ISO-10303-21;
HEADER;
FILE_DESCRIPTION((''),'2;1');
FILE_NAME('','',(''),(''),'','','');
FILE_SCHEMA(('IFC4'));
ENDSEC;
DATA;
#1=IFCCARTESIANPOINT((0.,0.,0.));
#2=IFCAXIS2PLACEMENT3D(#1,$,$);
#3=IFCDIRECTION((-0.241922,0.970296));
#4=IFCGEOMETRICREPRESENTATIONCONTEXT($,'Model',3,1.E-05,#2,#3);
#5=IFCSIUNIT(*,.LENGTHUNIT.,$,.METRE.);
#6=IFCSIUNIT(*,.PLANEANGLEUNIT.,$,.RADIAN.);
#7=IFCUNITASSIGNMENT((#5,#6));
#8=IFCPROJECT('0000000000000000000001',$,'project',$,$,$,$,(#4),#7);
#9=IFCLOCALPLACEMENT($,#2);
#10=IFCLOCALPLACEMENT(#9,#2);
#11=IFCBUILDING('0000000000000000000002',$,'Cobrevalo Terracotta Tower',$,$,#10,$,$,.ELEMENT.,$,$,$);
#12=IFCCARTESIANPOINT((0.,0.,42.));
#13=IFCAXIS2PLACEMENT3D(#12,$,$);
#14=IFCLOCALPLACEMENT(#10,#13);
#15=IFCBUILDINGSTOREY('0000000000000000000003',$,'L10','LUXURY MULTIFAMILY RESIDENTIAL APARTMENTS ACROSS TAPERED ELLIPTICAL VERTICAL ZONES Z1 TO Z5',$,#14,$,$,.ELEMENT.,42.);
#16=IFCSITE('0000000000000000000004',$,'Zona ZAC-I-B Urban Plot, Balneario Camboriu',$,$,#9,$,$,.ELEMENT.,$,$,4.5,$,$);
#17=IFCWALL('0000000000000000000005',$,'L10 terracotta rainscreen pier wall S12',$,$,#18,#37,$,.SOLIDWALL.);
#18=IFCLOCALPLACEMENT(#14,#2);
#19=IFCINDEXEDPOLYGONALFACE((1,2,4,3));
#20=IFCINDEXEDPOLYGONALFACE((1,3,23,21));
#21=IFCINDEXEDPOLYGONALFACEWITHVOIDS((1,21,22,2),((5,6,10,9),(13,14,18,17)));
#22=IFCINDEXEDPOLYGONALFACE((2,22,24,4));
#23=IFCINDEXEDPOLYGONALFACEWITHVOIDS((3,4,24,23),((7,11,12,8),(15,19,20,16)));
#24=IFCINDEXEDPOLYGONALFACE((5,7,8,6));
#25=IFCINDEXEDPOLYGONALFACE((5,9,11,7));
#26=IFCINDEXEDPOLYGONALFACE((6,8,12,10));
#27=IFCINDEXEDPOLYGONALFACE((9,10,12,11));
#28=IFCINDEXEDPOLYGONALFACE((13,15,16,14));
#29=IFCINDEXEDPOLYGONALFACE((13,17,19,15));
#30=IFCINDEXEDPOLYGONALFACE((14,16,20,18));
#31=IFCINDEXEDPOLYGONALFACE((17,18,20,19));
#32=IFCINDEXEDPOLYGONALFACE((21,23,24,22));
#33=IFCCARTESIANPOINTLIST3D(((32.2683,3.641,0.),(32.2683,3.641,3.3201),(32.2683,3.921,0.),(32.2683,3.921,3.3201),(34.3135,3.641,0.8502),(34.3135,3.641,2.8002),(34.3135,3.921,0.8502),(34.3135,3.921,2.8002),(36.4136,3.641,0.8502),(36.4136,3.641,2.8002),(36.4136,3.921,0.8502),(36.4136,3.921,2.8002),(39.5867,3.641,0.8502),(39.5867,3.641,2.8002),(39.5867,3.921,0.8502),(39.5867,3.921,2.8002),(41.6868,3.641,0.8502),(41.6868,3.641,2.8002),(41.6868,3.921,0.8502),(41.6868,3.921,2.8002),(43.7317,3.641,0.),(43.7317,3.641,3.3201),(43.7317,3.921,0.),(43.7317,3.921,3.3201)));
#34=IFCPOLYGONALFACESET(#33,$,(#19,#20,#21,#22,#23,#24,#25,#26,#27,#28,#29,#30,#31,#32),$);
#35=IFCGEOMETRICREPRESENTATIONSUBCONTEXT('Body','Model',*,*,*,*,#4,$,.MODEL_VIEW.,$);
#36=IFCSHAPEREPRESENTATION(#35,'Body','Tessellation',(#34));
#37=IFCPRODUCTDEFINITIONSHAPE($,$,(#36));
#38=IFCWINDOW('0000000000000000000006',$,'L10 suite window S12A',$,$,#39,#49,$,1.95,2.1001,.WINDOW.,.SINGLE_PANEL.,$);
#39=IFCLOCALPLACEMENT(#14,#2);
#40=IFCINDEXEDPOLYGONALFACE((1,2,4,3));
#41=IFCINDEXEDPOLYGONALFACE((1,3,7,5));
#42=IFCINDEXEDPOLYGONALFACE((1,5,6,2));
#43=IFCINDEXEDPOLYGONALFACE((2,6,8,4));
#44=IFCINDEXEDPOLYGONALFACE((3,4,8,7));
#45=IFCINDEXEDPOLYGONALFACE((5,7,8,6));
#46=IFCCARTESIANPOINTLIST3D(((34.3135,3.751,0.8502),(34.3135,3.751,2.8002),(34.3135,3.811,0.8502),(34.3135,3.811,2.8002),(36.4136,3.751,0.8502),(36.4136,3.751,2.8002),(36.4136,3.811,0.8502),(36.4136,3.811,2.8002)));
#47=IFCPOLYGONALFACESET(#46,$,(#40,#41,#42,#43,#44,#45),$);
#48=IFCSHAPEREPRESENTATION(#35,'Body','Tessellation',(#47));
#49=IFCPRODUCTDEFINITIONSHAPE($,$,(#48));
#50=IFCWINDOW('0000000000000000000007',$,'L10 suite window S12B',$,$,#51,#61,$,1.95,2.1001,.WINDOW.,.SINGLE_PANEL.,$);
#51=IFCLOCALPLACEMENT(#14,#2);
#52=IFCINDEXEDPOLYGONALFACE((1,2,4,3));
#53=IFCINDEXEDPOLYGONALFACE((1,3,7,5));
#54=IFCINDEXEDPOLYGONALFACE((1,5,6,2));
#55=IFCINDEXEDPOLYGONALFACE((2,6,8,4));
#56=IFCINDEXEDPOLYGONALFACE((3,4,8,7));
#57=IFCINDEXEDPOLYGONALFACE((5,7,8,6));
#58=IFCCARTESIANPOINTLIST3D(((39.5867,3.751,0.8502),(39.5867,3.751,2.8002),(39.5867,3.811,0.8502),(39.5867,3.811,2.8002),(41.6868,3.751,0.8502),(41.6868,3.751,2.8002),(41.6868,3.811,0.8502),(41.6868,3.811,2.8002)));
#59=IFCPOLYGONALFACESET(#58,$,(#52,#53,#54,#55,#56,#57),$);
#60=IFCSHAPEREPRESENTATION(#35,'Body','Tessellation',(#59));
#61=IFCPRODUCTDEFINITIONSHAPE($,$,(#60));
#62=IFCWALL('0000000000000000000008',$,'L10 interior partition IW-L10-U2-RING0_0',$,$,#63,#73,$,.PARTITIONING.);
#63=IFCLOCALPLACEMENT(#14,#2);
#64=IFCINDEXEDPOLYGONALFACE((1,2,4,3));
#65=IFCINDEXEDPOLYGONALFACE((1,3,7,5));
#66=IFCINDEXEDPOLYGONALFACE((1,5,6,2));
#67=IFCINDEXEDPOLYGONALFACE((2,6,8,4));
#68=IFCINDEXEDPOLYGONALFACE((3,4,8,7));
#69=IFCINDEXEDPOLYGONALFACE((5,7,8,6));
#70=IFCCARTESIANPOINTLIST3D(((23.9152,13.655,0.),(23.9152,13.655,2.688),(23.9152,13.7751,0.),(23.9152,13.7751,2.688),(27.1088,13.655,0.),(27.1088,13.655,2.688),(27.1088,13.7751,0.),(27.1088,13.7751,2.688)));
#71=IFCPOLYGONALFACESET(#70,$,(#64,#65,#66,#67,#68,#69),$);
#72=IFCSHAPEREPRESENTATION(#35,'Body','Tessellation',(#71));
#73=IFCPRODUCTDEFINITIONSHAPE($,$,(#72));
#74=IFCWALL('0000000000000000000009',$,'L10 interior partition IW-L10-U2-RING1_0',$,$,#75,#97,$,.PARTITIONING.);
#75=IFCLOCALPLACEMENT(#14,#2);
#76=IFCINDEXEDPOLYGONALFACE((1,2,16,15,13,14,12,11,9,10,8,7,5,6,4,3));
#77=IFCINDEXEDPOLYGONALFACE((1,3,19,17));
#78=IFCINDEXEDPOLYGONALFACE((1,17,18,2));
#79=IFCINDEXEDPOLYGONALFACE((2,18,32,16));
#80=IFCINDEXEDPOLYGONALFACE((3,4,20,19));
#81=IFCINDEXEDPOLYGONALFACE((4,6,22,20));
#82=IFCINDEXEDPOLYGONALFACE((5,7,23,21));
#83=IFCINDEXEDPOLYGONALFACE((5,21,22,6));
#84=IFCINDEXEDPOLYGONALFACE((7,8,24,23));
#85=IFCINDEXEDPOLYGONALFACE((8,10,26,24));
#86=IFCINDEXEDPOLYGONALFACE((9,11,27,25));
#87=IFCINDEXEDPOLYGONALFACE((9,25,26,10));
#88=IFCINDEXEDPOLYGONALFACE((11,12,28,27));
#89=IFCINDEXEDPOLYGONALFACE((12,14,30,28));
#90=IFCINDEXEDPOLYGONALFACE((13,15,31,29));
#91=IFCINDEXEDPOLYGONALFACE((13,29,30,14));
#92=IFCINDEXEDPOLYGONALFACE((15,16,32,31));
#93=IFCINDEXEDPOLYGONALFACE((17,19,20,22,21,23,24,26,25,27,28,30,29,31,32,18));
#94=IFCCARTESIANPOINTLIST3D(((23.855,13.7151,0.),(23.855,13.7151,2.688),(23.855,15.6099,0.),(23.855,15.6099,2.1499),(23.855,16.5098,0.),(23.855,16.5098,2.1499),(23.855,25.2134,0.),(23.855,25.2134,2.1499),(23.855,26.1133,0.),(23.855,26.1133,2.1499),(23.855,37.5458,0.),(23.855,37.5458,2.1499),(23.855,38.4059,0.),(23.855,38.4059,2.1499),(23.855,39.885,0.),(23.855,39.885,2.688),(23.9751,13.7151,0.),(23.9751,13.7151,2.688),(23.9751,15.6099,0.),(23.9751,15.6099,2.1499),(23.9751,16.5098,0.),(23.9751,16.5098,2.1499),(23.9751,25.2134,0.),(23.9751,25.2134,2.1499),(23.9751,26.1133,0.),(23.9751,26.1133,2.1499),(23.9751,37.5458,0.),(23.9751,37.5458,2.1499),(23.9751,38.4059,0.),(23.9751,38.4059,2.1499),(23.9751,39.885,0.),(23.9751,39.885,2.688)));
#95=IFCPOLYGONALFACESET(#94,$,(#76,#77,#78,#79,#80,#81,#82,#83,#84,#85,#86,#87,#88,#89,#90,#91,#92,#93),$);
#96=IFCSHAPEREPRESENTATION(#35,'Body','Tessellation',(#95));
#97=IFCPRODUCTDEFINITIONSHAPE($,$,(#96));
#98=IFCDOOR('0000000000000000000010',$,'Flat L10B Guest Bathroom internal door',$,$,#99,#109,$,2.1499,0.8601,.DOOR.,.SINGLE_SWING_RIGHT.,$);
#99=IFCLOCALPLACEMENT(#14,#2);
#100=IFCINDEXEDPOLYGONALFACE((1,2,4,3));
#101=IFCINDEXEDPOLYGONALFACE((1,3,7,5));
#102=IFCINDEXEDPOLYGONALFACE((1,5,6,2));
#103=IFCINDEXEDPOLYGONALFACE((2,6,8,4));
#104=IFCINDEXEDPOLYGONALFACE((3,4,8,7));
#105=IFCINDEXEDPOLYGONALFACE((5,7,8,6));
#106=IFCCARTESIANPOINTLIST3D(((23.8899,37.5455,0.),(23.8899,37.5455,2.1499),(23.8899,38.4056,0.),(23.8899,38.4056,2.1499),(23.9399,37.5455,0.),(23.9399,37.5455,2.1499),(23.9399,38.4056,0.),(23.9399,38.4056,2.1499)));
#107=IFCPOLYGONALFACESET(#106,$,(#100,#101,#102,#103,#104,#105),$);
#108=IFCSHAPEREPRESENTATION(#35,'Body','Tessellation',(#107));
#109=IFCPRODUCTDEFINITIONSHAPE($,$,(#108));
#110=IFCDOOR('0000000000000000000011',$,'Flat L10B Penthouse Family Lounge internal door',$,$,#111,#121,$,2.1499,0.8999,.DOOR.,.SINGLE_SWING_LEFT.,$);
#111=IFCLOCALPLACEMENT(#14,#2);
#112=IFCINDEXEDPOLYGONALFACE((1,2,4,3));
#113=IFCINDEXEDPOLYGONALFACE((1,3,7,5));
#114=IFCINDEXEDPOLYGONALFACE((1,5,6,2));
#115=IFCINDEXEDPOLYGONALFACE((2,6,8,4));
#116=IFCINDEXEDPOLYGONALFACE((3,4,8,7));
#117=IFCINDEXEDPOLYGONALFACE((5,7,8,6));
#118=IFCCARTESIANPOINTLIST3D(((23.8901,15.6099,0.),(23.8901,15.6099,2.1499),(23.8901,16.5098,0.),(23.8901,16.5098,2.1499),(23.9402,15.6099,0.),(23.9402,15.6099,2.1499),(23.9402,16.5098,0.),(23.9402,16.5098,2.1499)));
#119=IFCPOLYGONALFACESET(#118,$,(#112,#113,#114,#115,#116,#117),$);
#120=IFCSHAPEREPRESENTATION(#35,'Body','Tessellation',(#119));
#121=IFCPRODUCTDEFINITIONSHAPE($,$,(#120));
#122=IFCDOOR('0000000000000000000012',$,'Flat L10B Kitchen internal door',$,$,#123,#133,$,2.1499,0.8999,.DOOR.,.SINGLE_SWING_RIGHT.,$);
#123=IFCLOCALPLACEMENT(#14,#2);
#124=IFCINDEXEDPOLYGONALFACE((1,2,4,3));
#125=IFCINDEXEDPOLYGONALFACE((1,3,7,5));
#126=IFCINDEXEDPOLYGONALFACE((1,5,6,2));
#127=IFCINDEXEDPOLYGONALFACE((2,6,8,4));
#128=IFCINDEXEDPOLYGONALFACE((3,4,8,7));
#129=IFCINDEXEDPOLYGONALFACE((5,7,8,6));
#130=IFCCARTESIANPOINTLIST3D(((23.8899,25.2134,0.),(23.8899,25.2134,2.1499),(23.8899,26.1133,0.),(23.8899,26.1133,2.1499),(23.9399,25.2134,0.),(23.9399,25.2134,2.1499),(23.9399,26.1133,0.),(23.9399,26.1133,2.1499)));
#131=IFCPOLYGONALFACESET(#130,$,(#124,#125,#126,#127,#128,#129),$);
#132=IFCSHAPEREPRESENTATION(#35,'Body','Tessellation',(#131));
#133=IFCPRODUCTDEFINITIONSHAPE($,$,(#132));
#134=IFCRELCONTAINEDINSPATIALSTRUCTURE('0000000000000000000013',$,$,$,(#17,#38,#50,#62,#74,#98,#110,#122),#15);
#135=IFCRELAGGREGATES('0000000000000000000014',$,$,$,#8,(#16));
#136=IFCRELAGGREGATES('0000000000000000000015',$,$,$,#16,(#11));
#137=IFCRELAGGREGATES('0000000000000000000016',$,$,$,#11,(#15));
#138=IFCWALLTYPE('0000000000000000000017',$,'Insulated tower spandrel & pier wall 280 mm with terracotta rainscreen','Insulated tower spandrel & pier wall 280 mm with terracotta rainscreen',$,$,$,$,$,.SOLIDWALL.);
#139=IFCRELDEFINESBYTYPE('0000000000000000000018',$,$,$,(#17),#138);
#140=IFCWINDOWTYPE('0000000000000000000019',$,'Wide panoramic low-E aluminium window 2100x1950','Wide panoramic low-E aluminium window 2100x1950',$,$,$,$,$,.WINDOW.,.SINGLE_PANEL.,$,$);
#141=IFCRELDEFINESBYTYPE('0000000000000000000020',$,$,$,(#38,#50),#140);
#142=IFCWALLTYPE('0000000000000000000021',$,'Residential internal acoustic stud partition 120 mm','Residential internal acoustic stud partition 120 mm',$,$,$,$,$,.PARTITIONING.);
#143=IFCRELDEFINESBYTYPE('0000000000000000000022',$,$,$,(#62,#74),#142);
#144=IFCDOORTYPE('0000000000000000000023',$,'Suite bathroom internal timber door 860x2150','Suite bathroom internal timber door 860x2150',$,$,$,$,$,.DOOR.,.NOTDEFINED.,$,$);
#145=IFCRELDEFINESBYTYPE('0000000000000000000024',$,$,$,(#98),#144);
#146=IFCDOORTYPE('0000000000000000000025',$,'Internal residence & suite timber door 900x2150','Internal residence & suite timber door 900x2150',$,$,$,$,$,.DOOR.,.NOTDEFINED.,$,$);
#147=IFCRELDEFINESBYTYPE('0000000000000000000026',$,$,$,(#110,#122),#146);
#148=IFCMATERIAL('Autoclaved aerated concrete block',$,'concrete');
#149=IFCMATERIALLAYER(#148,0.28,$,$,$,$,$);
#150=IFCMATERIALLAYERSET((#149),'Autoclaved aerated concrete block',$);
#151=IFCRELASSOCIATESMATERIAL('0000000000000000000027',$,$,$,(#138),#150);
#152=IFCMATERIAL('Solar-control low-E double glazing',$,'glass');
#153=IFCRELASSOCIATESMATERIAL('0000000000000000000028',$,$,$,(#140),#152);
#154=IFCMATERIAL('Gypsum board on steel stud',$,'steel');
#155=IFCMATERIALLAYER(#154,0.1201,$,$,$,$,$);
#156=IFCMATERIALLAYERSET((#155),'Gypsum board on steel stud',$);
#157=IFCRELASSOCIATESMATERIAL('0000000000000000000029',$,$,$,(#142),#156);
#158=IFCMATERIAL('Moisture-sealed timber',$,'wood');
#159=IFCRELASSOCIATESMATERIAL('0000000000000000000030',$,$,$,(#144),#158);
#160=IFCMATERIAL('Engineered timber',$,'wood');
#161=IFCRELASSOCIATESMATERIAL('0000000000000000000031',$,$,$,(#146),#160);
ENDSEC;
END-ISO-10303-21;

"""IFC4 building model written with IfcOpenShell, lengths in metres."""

from ifc_helpers import new_model, si_unit, direction, frame, frame_2d, origin, place, context, subcontext, project, spatial, rectangle, extrude, source, transform, mapped, material, layer, layer_set, type_object, element, fill, save


model = new_model("IFC4")

# Units and contexts
model_context = context("Model", 3, precision=1e-05, world=origin(), true_north=direction((-0.241922, 0.970296)))
body_context = subcontext(model_context, "Body", "Model", "MODEL_VIEW")
ifc_project = project(units=[si_unit("LENGTHUNIT", "METRE"), si_unit("PLANEANGLEUNIT", "RADIAN")], contexts=[model_context])

# Site, building, storey
site_placement = place(None, origin())
site = spatial("IfcSite", under=ifc_project, at=site_placement, Name="Zona ZAC-I-B Urban Plot, Balneario Camboriu", CompositionType="ELEMENT", RefElevation=4.5)
building_placement = place(site_placement, origin())
building = spatial("IfcBuilding", under=site, at=building_placement, Name="Cobrevalo Terracotta Tower", CompositionType="ELEMENT")
storey_placement = place(building_placement, frame((0.0, 0.0, 42.0)))
storey = spatial("IfcBuildingStorey", under=building, at=storey_placement, Name="L10", Description="LUXURY MULTIFAMILY RESIDENTIAL APARTMENTS ACROSS TAPERED ELLIPTICAL VERTICAL ZONES Z1 TO Z5", CompositionType="ELEMENT", Elevation=42.0)

# Shared definitions
ifc_material_1 = material(Name="Solar-control low-E double glazing", Category="glass")

# Wall, openings, windows
ifc_material_2 = material(Name="Autoclaved aerated concrete block", Category="concrete")
ifc_layer_1 = layer(ifc_material_2, 0.28)
ifc_layer_set_1 = layer_set([ifc_layer_1], Name="Autoclaved aerated concrete block")
wall_type_1 = type_object("IfcWallType", Name="Insulated tower spandrel & pier wall 280 mm with terracotta rainscreen", Description="Insulated tower spandrel & pier wall 280 mm with terracotta rainscreen", PredefinedType="SOLIDWALL", material=ifc_layer_set_1)
wall_1_placement = place(storey_placement, frame((32.2683, 3.781, 0.0), z_axis=(0.0, 0.0, 1.0), x_axis=(1.0, 0.0, 0.0)))
wall_1 = element("IfcWall", 1, at=wall_1_placement, inside=storey, type_object=wall_type_1, Name="L10 terracotta rainscreen pier wall S12", PredefinedType="SOLIDWALL", context=body_context, shape_type="SweptSolid", body=[
    extrude(rectangle(XDim=11.4634, YDim=0.28, at=frame_2d((5.7317, 0.0))), origin(), (0.0, 0.0, 1.0), 3.3201),
])
opening_1_placement = place(wall_1_placement, frame((2.0452, 0.0, 0.8501)))
opening_1 = element("IfcOpeningElement", 2, at=opening_1_placement, cuts=wall_1, PredefinedType="OPENING", context=body_context, shape_type="SweptSolid", body=[
    extrude(rectangle(XDim=2.1001, YDim=1.95, at=frame_2d((1.05, 0.9751))), frame((0.0, 0.1499, 0.0), z_axis=(0.0, -1.0, 0.0), x_axis=(1.0, 0.0, 0.0)), (0.0, 0.0, 1.0), 0.3),
])
opening_2_placement = place(wall_1_placement, frame((7.3184, 0.0, 0.8501)))
opening_2 = element("IfcOpeningElement", 3, at=opening_2_placement, cuts=wall_1, PredefinedType="OPENING", context=body_context, shape_type="SweptSolid", body=[
    extrude(rectangle(XDim=2.1001, YDim=1.95, at=frame_2d((1.05, 0.9751))), frame((0.0, 0.1499, 0.0), z_axis=(0.0, -1.0, 0.0), x_axis=(1.0, 0.0, 0.0)), (0.0, 0.0, 1.0), 0.3),
])
window_type = type_object("IfcWindowType", Name="Wide panoramic low-E aluminium window 2100x1950", Description="Wide panoramic low-E aluminium window 2100x1950", PartitioningType="SINGLE_PANEL", PredefinedType="WINDOW", material=ifc_material_1)
shared_shape_1 = source(origin(), body_context, "Body", "SweptSolid", [
    extrude(rectangle(XDim=2.1001, YDim=1.95, at=frame_2d((1.05, 0.9751))), frame((0.0, 0.03, 0.0), z_axis=(0.0, -1.0, 0.0), x_axis=(1.0, 0.0, 0.0)), (0.0, 0.0, 1.0), 0.0601),
])
window_1_placement = place(opening_1_placement, origin())
window_1 = element("IfcWindow", 4, at=window_1_placement, inside=storey, type_object=window_type, Name="L10 suite window S12A", OverallHeight=1.95, OverallWidth=2.1001, PartitioningType="SINGLE_PANEL", PredefinedType="WINDOW", context=body_context, shape_type="MappedRepresentation", body=[
    mapped(shared_shape_1, transform((0.0, 0.0, 0.0), scale=1.0)),
])
fill(opening_1, window_1)
window_2_placement = place(opening_2_placement, origin())
window_2 = element("IfcWindow", 5, at=window_2_placement, inside=storey, type_object=window_type, Name="L10 suite window S12B", OverallHeight=1.95, OverallWidth=2.1001, PartitioningType="SINGLE_PANEL", PredefinedType="WINDOW", context=body_context, shape_type="MappedRepresentation", body=[
    mapped(shared_shape_1, transform((0.0, 0.0, 0.0), scale=1.0)),
])
fill(opening_2, window_2)

# Wall
ifc_material_3 = material(Name="Gypsum board on steel stud", Category="steel")
ifc_layer_2 = layer(ifc_material_3, 0.1201)
ifc_layer_set_2 = layer_set([ifc_layer_2], Name="Gypsum board on steel stud")
wall_type_2 = type_object("IfcWallType", Name="Residential internal acoustic stud partition 120 mm", Description="Residential internal acoustic stud partition 120 mm", PredefinedType="PARTITIONING", material=ifc_layer_set_2)
wall_2_placement = place(storey_placement, frame((27.1086, 13.7151, 0.0), z_axis=(0.0, 0.0, 1.0), x_axis=(-1.0, 0.0, 0.0)))
element("IfcWall", 6, at=wall_2_placement, inside=storey, type_object=wall_type_2, Name="L10 interior partition IW-L10-U2-RING0_0", PredefinedType="PARTITIONING", context=body_context, shape_type="SweptSolid", body=[
    extrude(rectangle(XDim=3.1936, YDim=0.1201, at=frame_2d((1.5967, 0.0))), origin(), (0.0, 0.0, 1.0), 2.688),
])

# Wall, openings, doors
wall_3_placement = place(storey_placement, frame((23.915, 13.7151, 0.0), z_axis=(0.0, 0.0, 1.0), x_axis=(0.0, 1.0, 0.0)))
wall_3 = element("IfcWall", 7, at=wall_3_placement, inside=storey, type_object=wall_type_2, Name="L10 interior partition IW-L10-U2-RING1_0", PredefinedType="PARTITIONING", context=body_context, shape_type="SweptSolid", body=[
    extrude(rectangle(XDim=26.1699, YDim=0.1201, at=frame_2d((13.085, 0.0))), origin(), (0.0, 0.0, 1.0), 2.688),
])
opening_3_placement = place(wall_3_placement, frame((1.8948, 0.0, 0.0)))
opening_3 = element("IfcOpeningElement", 8, at=opening_3_placement, cuts=wall_3, PredefinedType="OPENING", context=body_context, shape_type="SweptSolid", body=[
    extrude(rectangle(XDim=0.8999, YDim=2.1499, at=frame_2d((0.45, 1.075))), frame((0.0, 0.0701, 0.0), z_axis=(0.0, -1.0, 0.0), x_axis=(1.0, 0.0, 0.0)), (0.0, 0.0, 1.0), 0.1401),
])
opening_4_placement = place(wall_3_placement, frame((11.4983, 0.0, 0.0)))
opening_4 = element("IfcOpeningElement", 9, at=opening_4_placement, cuts=wall_3, PredefinedType="OPENING", context=body_context, shape_type="SweptSolid", body=[
    extrude(rectangle(XDim=0.8999, YDim=2.1499, at=frame_2d((0.45, 1.075))), frame((0.0, 0.0701, 0.0), z_axis=(0.0, -1.0, 0.0), x_axis=(1.0, 0.0, 0.0)), (0.0, 0.0, 1.0), 0.1401),
])
opening_5_placement = place(wall_3_placement, frame((23.8306, 0.0, 0.0)))
opening_5 = element("IfcOpeningElement", 10, at=opening_5_placement, cuts=wall_3, PredefinedType="OPENING", context=body_context, shape_type="SweptSolid", body=[
    extrude(rectangle(XDim=0.8601, YDim=2.1499, at=frame_2d((0.4302, 1.075))), frame((0.0, 0.0701, 0.0), z_axis=(0.0, -1.0, 0.0), x_axis=(1.0, 0.0, 0.0)), (0.0, 0.0, 1.0), 0.1401),
])
ifc_material_4 = material(Name="Moisture-sealed timber", Category="wood")
door_type_1 = type_object("IfcDoorType", Name="Suite bathroom internal timber door 860x2150", Description="Suite bathroom internal timber door 860x2150", OperationType="NOTDEFINED", PredefinedType="DOOR", material=ifc_material_4)
shared_shape_2 = source(origin(), body_context, "Body", "SweptSolid", [
    extrude(rectangle(XDim=0.8601, YDim=2.1499, at=frame_2d((0.4302, 1.075))), frame((0.0, 0.0249, 0.0), z_axis=(0.0, -1.0, 0.0), x_axis=(1.0, 0.0, 0.0)), (0.0, 0.0, 1.0), 0.05),
])
door_1_placement = place(opening_5_placement, frame((0.8601, 0.0, 0.0), z_axis=(0.0, 0.0, 1.0), x_axis=(-1.0, 0.0, 0.0)))
door_1 = element("IfcDoor", 11, at=door_1_placement, inside=storey, type_object=door_type_1, Name="Flat L10B Guest Bathroom internal door", OperationType="SINGLE_SWING_RIGHT", OverallHeight=2.1499, OverallWidth=0.8601, PredefinedType="DOOR", context=body_context, shape_type="MappedRepresentation", body=[
    mapped(shared_shape_2, transform((0.0, 0.0, 0.0), scale=1.0)),
])
fill(opening_5, door_1)
ifc_material_5 = material(Name="Engineered timber", Category="wood")
door_type_2 = type_object("IfcDoorType", Name="Internal residence & suite timber door 900x2150", Description="Internal residence & suite timber door 900x2150", OperationType="NOTDEFINED", PredefinedType="DOOR", material=ifc_material_5)
shared_shape_3 = source(origin(), body_context, "Body", "SweptSolid", [
    extrude(rectangle(XDim=0.8999, YDim=2.1499, at=frame_2d((0.45, 1.075))), frame((0.0, 0.0249, 0.0), z_axis=(0.0, -1.0, 0.0), x_axis=(1.0, 0.0, 0.0)), (0.0, 0.0, 1.0), 0.05),
])
door_2_placement = place(opening_3_placement, origin())
door_2 = element("IfcDoor", 12, at=door_2_placement, inside=storey, type_object=door_type_2, Name="Flat L10B Penthouse Family Lounge internal door", OperationType="SINGLE_SWING_LEFT", OverallHeight=2.1499, OverallWidth=0.8999, PredefinedType="DOOR", context=body_context, shape_type="MappedRepresentation", body=[
    mapped(shared_shape_3, transform((0.0, 0.0, 0.0), scale=1.0)),
])
fill(opening_3, door_2)
door_3_placement = place(opening_4_placement, frame((0.8999, 0.0, 0.0), z_axis=(0.0, 0.0, 1.0), x_axis=(-1.0, 0.0, 0.0)))
door_3 = element("IfcDoor", 13, at=door_3_placement, inside=storey, type_object=door_type_2, Name="Flat L10B Kitchen internal door", OperationType="SINGLE_SWING_RIGHT", OverallHeight=2.1499, OverallWidth=0.8999, PredefinedType="DOOR", context=body_context, shape_type="MappedRepresentation", body=[
    mapped(shared_shape_3, transform((0.0, 0.0, 0.0), scale=1.0)),
])
fill(opening_4, door_3)

save(model, "model.ifc")
